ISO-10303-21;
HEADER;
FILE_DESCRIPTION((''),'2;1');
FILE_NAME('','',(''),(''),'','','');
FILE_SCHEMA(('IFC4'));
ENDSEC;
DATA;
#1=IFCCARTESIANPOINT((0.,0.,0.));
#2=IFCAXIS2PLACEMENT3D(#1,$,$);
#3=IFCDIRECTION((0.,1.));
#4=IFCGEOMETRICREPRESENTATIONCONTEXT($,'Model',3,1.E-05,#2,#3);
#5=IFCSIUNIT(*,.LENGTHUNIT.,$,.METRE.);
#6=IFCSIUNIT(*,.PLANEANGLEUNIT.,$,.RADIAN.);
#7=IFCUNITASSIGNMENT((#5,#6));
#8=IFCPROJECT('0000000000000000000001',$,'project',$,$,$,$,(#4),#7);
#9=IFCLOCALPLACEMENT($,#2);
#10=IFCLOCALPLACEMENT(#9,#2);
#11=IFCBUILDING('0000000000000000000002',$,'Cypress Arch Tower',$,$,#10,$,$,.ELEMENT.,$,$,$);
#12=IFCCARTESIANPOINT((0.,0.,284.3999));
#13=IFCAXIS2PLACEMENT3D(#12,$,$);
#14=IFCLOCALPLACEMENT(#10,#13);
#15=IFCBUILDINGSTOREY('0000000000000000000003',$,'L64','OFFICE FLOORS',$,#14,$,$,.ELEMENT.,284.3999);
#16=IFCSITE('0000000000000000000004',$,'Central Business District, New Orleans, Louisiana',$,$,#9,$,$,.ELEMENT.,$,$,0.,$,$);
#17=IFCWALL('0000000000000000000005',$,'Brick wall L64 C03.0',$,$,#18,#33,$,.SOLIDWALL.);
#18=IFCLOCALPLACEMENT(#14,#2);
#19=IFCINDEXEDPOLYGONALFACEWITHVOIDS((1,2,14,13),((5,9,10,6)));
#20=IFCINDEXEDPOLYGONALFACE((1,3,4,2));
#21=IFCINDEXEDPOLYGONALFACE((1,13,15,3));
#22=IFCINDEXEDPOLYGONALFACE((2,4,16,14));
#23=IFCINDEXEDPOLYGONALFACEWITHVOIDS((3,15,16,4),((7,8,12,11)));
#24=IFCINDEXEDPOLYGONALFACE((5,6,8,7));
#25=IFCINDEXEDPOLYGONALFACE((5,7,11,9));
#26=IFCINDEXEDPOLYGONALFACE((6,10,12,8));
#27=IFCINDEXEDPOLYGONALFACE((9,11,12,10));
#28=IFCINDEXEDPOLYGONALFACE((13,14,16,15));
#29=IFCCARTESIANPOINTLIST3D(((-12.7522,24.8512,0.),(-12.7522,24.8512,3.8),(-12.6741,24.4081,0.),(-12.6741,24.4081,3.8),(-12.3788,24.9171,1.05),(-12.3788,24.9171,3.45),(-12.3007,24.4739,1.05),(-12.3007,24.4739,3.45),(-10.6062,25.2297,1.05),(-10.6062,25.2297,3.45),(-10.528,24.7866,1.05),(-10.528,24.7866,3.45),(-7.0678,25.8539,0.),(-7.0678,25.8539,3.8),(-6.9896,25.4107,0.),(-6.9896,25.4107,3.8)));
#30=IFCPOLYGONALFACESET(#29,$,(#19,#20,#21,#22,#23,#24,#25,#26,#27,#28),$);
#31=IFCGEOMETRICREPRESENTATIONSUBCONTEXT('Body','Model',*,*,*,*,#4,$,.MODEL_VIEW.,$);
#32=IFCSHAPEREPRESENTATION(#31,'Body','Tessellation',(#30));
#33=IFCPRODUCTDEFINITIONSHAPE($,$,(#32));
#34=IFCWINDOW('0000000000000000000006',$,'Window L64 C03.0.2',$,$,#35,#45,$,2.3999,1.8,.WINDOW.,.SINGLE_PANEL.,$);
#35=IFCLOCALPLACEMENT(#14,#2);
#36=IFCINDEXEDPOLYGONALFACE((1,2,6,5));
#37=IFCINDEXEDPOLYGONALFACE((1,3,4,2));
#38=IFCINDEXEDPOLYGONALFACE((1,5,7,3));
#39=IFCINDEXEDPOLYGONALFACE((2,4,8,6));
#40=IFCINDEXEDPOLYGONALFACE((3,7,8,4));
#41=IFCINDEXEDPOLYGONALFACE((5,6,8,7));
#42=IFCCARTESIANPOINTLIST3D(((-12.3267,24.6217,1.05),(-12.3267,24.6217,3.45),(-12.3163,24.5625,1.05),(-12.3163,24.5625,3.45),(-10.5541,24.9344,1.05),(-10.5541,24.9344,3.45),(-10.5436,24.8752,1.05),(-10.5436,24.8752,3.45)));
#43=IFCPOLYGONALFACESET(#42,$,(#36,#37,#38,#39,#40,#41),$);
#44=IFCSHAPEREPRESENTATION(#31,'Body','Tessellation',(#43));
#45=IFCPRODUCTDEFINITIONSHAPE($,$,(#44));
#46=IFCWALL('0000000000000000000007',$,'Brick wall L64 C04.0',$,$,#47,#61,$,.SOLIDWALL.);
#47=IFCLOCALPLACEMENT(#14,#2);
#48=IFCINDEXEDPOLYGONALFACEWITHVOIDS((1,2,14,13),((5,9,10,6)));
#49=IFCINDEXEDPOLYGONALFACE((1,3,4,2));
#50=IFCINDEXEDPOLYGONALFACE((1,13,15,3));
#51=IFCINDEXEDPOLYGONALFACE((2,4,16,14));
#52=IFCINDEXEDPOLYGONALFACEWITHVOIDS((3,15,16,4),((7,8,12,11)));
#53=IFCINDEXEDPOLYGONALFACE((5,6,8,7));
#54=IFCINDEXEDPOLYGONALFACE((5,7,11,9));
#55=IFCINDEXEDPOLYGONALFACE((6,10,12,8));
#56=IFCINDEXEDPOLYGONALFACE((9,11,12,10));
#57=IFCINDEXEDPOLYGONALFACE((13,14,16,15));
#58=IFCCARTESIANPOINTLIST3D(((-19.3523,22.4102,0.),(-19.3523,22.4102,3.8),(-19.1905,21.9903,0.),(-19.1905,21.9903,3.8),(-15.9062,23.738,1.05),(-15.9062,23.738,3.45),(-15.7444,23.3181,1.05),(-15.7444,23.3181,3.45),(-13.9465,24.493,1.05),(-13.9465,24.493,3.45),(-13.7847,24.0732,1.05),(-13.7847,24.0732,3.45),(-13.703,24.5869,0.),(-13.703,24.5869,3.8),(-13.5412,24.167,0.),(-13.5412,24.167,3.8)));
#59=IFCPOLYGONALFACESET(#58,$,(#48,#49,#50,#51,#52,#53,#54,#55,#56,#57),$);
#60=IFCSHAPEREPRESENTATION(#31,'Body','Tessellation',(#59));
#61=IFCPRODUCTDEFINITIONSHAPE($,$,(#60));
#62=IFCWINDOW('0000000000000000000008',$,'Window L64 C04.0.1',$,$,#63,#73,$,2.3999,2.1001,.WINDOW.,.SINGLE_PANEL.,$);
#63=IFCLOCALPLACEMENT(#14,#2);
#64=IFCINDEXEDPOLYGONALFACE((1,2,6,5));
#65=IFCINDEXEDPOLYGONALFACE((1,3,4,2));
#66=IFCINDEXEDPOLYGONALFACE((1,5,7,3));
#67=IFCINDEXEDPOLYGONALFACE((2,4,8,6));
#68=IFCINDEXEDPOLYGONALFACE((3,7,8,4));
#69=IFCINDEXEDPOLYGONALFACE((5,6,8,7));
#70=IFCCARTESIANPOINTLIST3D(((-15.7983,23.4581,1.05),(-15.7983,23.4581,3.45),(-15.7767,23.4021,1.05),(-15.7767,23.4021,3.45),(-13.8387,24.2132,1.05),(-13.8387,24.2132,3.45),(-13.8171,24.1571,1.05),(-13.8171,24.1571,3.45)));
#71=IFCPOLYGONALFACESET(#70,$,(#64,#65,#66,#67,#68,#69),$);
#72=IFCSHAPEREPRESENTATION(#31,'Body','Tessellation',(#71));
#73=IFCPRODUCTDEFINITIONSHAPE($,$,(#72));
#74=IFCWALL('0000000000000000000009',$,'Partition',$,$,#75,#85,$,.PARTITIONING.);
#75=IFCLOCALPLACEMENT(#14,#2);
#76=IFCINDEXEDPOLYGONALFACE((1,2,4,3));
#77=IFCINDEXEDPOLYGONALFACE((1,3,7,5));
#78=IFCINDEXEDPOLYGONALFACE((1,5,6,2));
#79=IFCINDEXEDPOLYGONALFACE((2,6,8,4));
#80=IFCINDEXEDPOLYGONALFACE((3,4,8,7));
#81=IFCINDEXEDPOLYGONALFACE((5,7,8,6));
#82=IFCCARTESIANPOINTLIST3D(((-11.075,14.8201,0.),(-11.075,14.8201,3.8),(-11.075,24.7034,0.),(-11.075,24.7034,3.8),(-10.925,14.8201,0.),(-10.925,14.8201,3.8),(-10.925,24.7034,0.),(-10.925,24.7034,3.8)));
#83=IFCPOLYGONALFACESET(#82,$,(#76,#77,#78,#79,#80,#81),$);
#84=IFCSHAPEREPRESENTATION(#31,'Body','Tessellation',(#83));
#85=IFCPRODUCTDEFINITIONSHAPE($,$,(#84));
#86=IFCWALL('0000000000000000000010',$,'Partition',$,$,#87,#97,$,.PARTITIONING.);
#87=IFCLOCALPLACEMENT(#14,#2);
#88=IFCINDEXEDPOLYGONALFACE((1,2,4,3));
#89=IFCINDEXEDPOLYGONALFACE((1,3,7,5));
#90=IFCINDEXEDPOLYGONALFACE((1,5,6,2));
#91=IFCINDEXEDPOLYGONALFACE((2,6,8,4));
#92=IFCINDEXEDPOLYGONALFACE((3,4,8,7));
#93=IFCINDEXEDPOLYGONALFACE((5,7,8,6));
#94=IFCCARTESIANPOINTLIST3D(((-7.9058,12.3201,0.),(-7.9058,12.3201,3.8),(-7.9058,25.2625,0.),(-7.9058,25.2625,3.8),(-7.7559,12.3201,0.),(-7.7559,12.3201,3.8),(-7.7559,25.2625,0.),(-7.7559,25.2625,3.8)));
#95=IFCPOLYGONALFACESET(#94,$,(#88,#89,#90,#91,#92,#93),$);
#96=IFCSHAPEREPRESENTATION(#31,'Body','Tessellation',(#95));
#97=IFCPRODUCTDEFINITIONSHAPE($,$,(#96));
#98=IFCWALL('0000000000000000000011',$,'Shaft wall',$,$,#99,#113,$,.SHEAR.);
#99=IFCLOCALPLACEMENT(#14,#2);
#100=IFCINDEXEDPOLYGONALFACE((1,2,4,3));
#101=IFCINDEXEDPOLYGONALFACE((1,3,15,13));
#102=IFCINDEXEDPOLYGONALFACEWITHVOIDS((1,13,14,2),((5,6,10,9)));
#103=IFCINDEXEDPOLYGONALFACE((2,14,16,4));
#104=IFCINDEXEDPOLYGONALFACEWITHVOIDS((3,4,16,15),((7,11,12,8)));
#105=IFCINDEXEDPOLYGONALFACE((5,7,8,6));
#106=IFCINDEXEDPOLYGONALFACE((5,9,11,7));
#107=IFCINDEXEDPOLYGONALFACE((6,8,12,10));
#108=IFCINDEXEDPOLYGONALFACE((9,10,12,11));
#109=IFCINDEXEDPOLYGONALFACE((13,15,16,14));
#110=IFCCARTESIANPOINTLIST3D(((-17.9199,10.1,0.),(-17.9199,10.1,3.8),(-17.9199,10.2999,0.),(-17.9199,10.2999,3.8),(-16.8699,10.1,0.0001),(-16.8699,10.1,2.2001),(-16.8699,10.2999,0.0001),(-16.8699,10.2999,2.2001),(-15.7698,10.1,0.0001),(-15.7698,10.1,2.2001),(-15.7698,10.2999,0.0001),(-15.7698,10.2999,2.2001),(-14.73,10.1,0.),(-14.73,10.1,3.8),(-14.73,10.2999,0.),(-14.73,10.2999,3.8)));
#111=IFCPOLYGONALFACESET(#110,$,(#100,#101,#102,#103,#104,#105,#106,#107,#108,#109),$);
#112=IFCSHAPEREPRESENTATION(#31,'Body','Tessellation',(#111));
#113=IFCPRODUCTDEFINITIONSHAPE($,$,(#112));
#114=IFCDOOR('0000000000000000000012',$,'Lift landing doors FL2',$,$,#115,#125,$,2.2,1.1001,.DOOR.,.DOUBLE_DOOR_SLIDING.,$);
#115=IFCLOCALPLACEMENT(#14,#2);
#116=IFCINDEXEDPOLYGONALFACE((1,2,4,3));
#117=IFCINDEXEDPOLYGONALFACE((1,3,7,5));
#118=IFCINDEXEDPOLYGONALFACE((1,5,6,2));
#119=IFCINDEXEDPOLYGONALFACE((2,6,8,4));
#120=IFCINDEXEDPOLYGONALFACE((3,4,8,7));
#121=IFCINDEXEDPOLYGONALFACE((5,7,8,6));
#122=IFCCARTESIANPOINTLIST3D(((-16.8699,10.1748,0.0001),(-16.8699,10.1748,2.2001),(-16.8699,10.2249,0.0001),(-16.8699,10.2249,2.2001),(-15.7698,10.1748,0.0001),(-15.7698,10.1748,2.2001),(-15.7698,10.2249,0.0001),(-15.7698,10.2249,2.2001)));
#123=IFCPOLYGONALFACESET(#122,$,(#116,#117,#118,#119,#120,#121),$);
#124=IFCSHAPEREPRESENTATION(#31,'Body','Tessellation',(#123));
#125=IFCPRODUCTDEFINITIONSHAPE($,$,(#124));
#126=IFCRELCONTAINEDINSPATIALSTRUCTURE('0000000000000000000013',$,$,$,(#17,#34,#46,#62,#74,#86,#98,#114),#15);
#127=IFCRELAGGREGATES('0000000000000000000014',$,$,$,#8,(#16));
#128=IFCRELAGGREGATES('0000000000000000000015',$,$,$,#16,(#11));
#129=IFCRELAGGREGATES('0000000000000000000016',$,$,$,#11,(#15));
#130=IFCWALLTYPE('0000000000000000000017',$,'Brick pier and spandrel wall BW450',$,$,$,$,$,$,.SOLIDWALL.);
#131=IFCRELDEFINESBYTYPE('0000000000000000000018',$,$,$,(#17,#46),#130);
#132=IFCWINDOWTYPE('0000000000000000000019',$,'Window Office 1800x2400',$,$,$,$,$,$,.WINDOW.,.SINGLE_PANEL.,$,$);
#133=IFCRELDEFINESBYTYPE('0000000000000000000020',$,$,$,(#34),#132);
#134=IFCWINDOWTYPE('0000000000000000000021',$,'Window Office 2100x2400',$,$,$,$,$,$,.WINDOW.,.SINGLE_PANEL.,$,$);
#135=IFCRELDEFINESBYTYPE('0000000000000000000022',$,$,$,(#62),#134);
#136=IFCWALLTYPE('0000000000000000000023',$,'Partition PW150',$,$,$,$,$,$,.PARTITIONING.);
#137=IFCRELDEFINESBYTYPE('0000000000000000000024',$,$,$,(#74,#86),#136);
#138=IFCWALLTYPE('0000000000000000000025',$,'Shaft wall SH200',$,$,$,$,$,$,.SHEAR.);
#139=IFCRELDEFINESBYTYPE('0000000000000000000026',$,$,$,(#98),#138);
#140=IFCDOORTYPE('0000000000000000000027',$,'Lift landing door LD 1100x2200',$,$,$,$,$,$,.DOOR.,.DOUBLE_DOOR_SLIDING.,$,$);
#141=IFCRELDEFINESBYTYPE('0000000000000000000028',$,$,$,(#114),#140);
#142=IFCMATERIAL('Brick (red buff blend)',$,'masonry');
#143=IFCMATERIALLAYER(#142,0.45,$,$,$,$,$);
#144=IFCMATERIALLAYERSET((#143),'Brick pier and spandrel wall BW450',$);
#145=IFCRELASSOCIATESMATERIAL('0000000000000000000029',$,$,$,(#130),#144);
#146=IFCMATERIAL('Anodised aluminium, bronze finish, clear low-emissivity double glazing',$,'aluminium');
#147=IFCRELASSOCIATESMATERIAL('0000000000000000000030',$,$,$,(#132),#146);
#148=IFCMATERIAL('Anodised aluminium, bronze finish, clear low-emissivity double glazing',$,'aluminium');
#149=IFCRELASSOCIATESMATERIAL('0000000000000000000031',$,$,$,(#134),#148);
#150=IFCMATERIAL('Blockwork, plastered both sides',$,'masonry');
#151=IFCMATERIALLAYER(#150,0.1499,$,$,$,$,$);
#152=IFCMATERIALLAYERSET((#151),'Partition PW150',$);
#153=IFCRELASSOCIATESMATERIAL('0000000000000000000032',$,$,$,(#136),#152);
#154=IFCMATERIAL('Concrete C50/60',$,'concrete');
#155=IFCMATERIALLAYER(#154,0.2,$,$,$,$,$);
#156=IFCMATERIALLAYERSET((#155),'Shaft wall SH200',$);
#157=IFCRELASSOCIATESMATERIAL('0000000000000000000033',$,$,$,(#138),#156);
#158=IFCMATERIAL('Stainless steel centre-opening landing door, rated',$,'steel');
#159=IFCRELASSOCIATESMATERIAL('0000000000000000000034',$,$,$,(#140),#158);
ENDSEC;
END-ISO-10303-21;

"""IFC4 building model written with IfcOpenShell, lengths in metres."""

from ifc_helpers import new_model, si_unit, direction, frame, frame_2d, origin, place, context, subcontext, project, spatial, rectangle, extrude, material, layer, layer_set, type_object, element, fill, save


model = new_model("IFC4")

# Units and contexts
model_context = context("Model", 3, precision=1e-05, world=origin(), true_north=direction((0.0, 1.0)))
body_context = subcontext(model_context, "Body", "Model", "MODEL_VIEW")
ifc_project = project(units=[si_unit("LENGTHUNIT", "METRE"), si_unit("PLANEANGLEUNIT", "RADIAN")], contexts=[model_context])

# Site, building, storey
site_placement = place(None, origin())
site = spatial("IfcSite", under=ifc_project, at=site_placement, Name="Central Business District, New Orleans, Louisiana", CompositionType="ELEMENT", RefElevation=0.0)
building_placement = place(site_placement, origin())
building = spatial("IfcBuilding", under=site, at=building_placement, Name="Cypress Arch Tower", CompositionType="ELEMENT")
storey_placement = place(building_placement, frame((0.0, 0.0, 284.3999)))
storey = spatial("IfcBuildingStorey", under=building, at=storey_placement, Name="L64", Description="OFFICE FLOORS", CompositionType="ELEMENT", Elevation=284.3999)

# Walls, openings, windows
ifc_material_1 = material(Name="Brick (red buff blend)", Category="masonry")
ifc_layer_1 = layer(ifc_material_1, 0.45)
ifc_layer_set_1 = layer_set([ifc_layer_1], Name="Brick pier and spandrel wall BW450")
wall_type_1 = type_object("IfcWallType", Name="Brick pier and spandrel wall BW450", PredefinedType="SOLIDWALL", material=ifc_layer_set_1)
wall_1_placement = place(storey_placement, frame((-7.0286, 25.6323, 0.0), z_axis=(0.0, 0.0, 1.0), x_axis=(-0.984798, -0.173706, 0.0)))
wall_1 = element("IfcWall", 1, at=wall_1_placement, inside=storey, type_object=wall_type_1, Name="Brick wall L64 C03.0", PredefinedType="SOLIDWALL", context=body_context, shape_type="SweptSolid", body=[
    extrude(rectangle(XDim=5.7722, YDim=0.45, at=frame_2d((2.8862, 0.0))), origin(), (0.0, 0.0, 1.0), 3.8),
])
opening_1_placement = place(wall_1_placement, frame((3.5933, 0.0, 1.05)))
opening_1 = element("IfcOpeningElement", 2, at=opening_1_placement, cuts=wall_1, PredefinedType="OPENING", context=body_context, shape_type="SweptSolid", body=[
    extrude(rectangle(XDim=1.8, YDim=2.3999, at=frame_2d((0.8999, 1.2))), frame((0.0, 0.2349, 0.0), z_axis=(0.0, -1.0, 0.0), x_axis=(1.0, 0.0, 0.0)), (0.0, 0.0, 1.0), 0.47),
])
ifc_material_2 = material(Name="Anodised aluminium, bronze finish, clear low-emissivity double glazing", Category="aluminium")
window_type_1 = type_object("IfcWindowType", Name="Window Office 1800x2400", PartitioningType="SINGLE_PANEL", PredefinedType="WINDOW", material=ifc_material_2)
window_1_placement = place(opening_1_placement, origin())
window_1 = element("IfcWindow", 3, at=window_1_placement, inside=storey, type_object=window_type_1, Name="Window L64 C03.0.2", OverallHeight=2.3999, OverallWidth=1.8, PartitioningType="SINGLE_PANEL", PredefinedType="WINDOW", context=body_context, shape_type="SweptSolid", body=[
    extrude(rectangle(XDim=1.8, YDim=2.3999, at=frame_2d((0.8999, 1.2))), frame((0.0, 0.135, 0.0), z_axis=(0.0, -1.0, 0.0), x_axis=(1.0, 0.0, 0.0)), (0.0, 0.0, 1.0), 0.0601),
])
fill(opening_1, window_1)
wall_2_placement = place(storey_placement, frame((-13.6221, 24.377, 0.0), z_axis=(0.0, 0.0, 1.0), x_axis=(-0.933129, -0.359541, 0.0)))
wall_2 = element("IfcWall", 4, at=wall_2_placement, inside=storey, type_object=wall_type_1, Name="Brick wall L64 C04.0", PredefinedType="SOLIDWALL", context=body_context, shape_type="SweptSolid", body=[
    extrude(rectangle(XDim=6.0542, YDim=0.45, at=frame_2d((3.0271, 0.0))), origin(), (0.0, 0.0, 1.0), 3.8),
])
opening_2_placement = place(wall_2_placement, frame((0.261, 0.0, 1.05)))
opening_2 = element("IfcOpeningElement", 5, at=opening_2_placement, cuts=wall_2, PredefinedType="OPENING", context=body_context, shape_type="SweptSolid", body=[
    extrude(rectangle(XDim=2.1001, YDim=2.3999, at=frame_2d((1.05, 1.2))), frame((0.0, 0.2349, 0.0), z_axis=(0.0, -1.0, 0.0), x_axis=(1.0, 0.0, 0.0)), (0.0, 0.0, 1.0), 0.47),
])
ifc_material_3 = material(Name="Anodised aluminium, bronze finish, clear low-emissivity double glazing", Category="aluminium")
window_type_2 = type_object("IfcWindowType", Name="Window Office 2100x2400", PartitioningType="SINGLE_PANEL", PredefinedType="WINDOW", material=ifc_material_3)
window_2_placement = place(opening_2_placement, origin())
window_2 = element("IfcWindow", 6, at=window_2_placement, inside=storey, type_object=window_type_2, Name="Window L64 C04.0.1", OverallHeight=2.3999, OverallWidth=2.1001, PartitioningType="SINGLE_PANEL", PredefinedType="WINDOW", context=body_context, shape_type="SweptSolid", body=[
    extrude(rectangle(XDim=2.1001, YDim=2.3999, at=frame_2d((1.05, 1.2))), frame((0.0, 0.135, 0.0), z_axis=(0.0, -1.0, 0.0), x_axis=(1.0, 0.0, 0.0)), (0.0, 0.0, 1.0), 0.0601),
])
fill(opening_2, window_2)

# Walls
ifc_material_4 = material(Name="Blockwork, plastered both sides", Category="masonry")
ifc_layer_2 = layer(ifc_material_4, 0.1499)
ifc_layer_set_2 = layer_set([ifc_layer_2], Name="Partition PW150")
wall_type_2 = type_object("IfcWallType", Name="Partition PW150", PredefinedType="PARTITIONING", material=ifc_layer_set_2)
wall_3_placement = place(storey_placement, frame((-11.0, 14.8201, 0.0), z_axis=(0.0, 0.0, 1.0), x_axis=(0.0, 1.0, 0.0)))
element("IfcWall", 7, at=wall_3_placement, inside=storey, type_object=wall_type_2, Name="Partition", PredefinedType="PARTITIONING", context=body_context, shape_type="SweptSolid", body=[
    extrude(rectangle(XDim=9.8833, YDim=0.1499, at=frame_2d((4.9417, 0.0))), origin(), (0.0, 0.0, 1.0), 3.8),
])
wall_4_placement = place(storey_placement, frame((-7.8308, 12.3201, 0.0), z_axis=(0.0, 0.0, 1.0), x_axis=(0.0, 1.0, 0.0)))
element("IfcWall", 8, at=wall_4_placement, inside=storey, type_object=wall_type_2, Name="Partition", PredefinedType="PARTITIONING", context=body_context, shape_type="SweptSolid", body=[
    extrude(rectangle(XDim=12.9424, YDim=0.1499, at=frame_2d((6.4712, 0.0))), origin(), (0.0, 0.0, 1.0), 3.8),
])

# Wall, opening, door
ifc_material_5 = material(Name="Concrete C50/60", Category="concrete")
ifc_layer_3 = layer(ifc_material_5, 0.2)
ifc_layer_set_3 = layer_set([ifc_layer_3], Name="Shaft wall SH200")
wall_type_3 = type_object("IfcWallType", Name="Shaft wall SH200", PredefinedType="SHEAR", material=ifc_layer_set_3)
wall_5_placement = place(storey_placement, frame((-17.9199, 10.2, 0.0), z_axis=(0.0, 0.0, 1.0), x_axis=(1.0, 0.0, 0.0)))
wall_5 = element("IfcWall", 9, at=wall_5_placement, inside=storey, type_object=wall_type_3, Name="Shaft wall", PredefinedType="SHEAR", context=body_context, shape_type="SweptSolid", body=[
    extrude(rectangle(XDim=3.1899, YDim=0.2, at=frame_2d((1.595, 0.0))), origin(), (0.0, 0.0, 1.0), 3.8),
])
opening_3_placement = place(wall_5_placement, frame((1.05, 0.0, 0.0)))
opening_3 = element("IfcOpeningElement", 10, at=opening_3_placement, cuts=wall_5, PredefinedType="OPENING", context=body_context, shape_type="SweptSolid", body=[
    extrude(rectangle(XDim=1.1001, YDim=2.2, at=frame_2d((0.55, 1.1001))), frame((0.0, 0.1099, 0.0), z_axis=(0.0, -1.0, 0.0), x_axis=(1.0, 0.0, 0.0)), (0.0, 0.0, 1.0), 0.22),
])
ifc_material_6 = material(Name="Stainless steel centre-opening landing door, rated", Category="steel")
door_type_1 = type_object("IfcDoorType", Name="Lift landing door LD 1100x2200", OperationType="DOUBLE_DOOR_SLIDING", PredefinedType="DOOR", material=ifc_material_6)
door_1_placement = place(opening_3_placement, origin())
door_1 = element("IfcDoor", 11, at=door_1_placement, inside=storey, type_object=door_type_1, Name="Lift landing doors FL2", OperationType="DOUBLE_DOOR_SLIDING", OverallHeight=2.2, OverallWidth=1.1001, PredefinedType="DOOR", context=body_context, shape_type="SweptSolid", body=[
    extrude(rectangle(XDim=1.1001, YDim=2.2, at=frame_2d((0.55, 1.1001))), frame((0.0, 0.0249, 0.0), z_axis=(0.0, -1.0, 0.0), x_axis=(1.0, 0.0, 0.0)), (0.0, 0.0, 1.0), 0.05),
])
fill(opening_3, door_1)

save(model, "model.ifc")
